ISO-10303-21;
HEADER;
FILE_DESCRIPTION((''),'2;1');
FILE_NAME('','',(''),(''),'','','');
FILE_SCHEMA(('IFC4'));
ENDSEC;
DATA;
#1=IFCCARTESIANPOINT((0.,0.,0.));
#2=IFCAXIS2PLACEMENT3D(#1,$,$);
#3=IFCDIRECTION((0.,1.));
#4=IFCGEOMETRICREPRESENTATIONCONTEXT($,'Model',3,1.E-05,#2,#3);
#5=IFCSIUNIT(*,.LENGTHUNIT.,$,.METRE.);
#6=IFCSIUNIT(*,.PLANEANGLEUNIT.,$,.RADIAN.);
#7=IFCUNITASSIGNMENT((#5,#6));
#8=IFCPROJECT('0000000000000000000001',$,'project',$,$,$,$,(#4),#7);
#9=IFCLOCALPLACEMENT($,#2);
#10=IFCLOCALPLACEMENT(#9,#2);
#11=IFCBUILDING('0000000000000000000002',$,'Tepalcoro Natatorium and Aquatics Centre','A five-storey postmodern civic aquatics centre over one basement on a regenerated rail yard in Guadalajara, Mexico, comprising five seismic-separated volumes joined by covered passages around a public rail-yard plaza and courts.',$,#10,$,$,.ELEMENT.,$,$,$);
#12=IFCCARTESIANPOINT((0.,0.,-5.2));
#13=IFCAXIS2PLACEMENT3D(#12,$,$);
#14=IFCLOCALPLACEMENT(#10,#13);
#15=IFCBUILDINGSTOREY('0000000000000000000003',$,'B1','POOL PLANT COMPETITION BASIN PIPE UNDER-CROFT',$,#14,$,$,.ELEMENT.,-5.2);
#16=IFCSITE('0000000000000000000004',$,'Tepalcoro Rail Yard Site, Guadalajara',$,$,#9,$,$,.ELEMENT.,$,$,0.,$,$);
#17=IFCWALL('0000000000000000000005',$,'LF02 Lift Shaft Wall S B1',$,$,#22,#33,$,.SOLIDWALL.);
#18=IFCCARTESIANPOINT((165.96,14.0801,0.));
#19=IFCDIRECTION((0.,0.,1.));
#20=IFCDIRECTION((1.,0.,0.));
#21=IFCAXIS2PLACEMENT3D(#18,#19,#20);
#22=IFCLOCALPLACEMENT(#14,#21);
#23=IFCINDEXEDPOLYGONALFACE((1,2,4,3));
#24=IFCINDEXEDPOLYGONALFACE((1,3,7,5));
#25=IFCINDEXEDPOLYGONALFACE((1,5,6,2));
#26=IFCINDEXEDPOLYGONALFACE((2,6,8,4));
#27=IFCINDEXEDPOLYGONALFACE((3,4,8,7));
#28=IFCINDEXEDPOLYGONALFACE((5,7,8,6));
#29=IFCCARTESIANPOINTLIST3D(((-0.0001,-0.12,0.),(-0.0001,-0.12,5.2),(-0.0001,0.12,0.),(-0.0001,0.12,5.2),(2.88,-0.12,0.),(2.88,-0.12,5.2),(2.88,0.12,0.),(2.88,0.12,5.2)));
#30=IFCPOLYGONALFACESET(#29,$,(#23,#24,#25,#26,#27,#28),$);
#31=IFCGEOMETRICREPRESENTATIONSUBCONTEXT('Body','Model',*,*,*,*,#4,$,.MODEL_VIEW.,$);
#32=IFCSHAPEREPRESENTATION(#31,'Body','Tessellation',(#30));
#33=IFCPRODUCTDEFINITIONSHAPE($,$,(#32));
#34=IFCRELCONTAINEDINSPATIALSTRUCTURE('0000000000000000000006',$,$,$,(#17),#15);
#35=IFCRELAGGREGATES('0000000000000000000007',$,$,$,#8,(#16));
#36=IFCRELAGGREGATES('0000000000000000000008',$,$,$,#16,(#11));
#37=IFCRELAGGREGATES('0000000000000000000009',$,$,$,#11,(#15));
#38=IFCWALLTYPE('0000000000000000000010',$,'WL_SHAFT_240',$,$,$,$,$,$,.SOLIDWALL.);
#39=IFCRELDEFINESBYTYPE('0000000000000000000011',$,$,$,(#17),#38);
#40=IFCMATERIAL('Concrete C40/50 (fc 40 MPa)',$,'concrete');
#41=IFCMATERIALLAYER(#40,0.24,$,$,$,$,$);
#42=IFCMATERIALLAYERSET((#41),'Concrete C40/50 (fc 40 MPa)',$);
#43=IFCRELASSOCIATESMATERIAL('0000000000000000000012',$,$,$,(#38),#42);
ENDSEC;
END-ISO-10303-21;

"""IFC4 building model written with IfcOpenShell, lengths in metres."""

from ifc_helpers import new_model, si_unit, direction, frame, frame_2d, origin, place, context, subcontext, project, spatial, rectangle, extrude, material, layer, layer_set, type_object, element, save


model = new_model("IFC4")

# Units and contexts
model_context = context("Model", 3, precision=1e-05, world=origin(), true_north=direction((0.0, 1.0)))
body_context = subcontext(model_context, "Body", "Model", "MODEL_VIEW")
ifc_project = project(units=[si_unit("LENGTHUNIT", "METRE"), si_unit("PLANEANGLEUNIT", "RADIAN")], contexts=[model_context])

# Site, building, storey
site_placement = place(None, origin())
site = spatial("IfcSite", under=ifc_project, at=site_placement, Name="Tepalcoro Rail Yard Site, Guadalajara", CompositionType="ELEMENT", RefElevation=0.0)
building_placement = place(site_placement, origin())
building = spatial("IfcBuilding", under=site, at=building_placement, Name="Tepalcoro Natatorium and Aquatics Centre", Description="A five-storey postmodern civic aquatics centre over one basement on a regenerated rail yard in Guadalajara, Mexico, comprising five seismic-separated volumes joined by covered passages around a public rail-yard plaza and courts.", CompositionType="ELEMENT")
storey_placement = place(building_placement, frame((0.0, 0.0, -5.2)))
storey = spatial("IfcBuildingStorey", under=building, at=storey_placement, Name="B1", Description="POOL PLANT COMPETITION BASIN PIPE UNDER-CROFT", CompositionType="ELEMENT", Elevation=-5.2)

# Shared definitions
ifc_material_1 = material(Name="Concrete C40/50 (fc 40 MPa)", Category="concrete")

# Wall
ifc_layer_1 = layer(ifc_material_1, 0.24)
ifc_layer_set_1 = layer_set([ifc_layer_1], Name="Concrete C40/50 (fc 40 MPa)")
wall_type_1 = type_object("IfcWallType", Name="WL_SHAFT_240", PredefinedType="SOLIDWALL", material=ifc_layer_set_1)
wall_1_placement = place(storey_placement, frame((165.96, 14.0801, 0.0), z_axis=(0.0, 0.0, 1.0), x_axis=(1.0, 0.0, 0.0)))
element("IfcWall", 1, at=wall_1_placement, inside=storey, type_object=wall_type_1, Name="LF02 Lift Shaft Wall S B1", PredefinedType="SOLIDWALL", context=body_context, shape_type="SweptSolid", body=[
    extrude(rectangle(XDim=2.8801, YDim=0.24, at=frame_2d((1.4399, 0.0))), origin(), (0.0, 0.0, 1.0), 5.2),
])

save(model, "model.ifc")
